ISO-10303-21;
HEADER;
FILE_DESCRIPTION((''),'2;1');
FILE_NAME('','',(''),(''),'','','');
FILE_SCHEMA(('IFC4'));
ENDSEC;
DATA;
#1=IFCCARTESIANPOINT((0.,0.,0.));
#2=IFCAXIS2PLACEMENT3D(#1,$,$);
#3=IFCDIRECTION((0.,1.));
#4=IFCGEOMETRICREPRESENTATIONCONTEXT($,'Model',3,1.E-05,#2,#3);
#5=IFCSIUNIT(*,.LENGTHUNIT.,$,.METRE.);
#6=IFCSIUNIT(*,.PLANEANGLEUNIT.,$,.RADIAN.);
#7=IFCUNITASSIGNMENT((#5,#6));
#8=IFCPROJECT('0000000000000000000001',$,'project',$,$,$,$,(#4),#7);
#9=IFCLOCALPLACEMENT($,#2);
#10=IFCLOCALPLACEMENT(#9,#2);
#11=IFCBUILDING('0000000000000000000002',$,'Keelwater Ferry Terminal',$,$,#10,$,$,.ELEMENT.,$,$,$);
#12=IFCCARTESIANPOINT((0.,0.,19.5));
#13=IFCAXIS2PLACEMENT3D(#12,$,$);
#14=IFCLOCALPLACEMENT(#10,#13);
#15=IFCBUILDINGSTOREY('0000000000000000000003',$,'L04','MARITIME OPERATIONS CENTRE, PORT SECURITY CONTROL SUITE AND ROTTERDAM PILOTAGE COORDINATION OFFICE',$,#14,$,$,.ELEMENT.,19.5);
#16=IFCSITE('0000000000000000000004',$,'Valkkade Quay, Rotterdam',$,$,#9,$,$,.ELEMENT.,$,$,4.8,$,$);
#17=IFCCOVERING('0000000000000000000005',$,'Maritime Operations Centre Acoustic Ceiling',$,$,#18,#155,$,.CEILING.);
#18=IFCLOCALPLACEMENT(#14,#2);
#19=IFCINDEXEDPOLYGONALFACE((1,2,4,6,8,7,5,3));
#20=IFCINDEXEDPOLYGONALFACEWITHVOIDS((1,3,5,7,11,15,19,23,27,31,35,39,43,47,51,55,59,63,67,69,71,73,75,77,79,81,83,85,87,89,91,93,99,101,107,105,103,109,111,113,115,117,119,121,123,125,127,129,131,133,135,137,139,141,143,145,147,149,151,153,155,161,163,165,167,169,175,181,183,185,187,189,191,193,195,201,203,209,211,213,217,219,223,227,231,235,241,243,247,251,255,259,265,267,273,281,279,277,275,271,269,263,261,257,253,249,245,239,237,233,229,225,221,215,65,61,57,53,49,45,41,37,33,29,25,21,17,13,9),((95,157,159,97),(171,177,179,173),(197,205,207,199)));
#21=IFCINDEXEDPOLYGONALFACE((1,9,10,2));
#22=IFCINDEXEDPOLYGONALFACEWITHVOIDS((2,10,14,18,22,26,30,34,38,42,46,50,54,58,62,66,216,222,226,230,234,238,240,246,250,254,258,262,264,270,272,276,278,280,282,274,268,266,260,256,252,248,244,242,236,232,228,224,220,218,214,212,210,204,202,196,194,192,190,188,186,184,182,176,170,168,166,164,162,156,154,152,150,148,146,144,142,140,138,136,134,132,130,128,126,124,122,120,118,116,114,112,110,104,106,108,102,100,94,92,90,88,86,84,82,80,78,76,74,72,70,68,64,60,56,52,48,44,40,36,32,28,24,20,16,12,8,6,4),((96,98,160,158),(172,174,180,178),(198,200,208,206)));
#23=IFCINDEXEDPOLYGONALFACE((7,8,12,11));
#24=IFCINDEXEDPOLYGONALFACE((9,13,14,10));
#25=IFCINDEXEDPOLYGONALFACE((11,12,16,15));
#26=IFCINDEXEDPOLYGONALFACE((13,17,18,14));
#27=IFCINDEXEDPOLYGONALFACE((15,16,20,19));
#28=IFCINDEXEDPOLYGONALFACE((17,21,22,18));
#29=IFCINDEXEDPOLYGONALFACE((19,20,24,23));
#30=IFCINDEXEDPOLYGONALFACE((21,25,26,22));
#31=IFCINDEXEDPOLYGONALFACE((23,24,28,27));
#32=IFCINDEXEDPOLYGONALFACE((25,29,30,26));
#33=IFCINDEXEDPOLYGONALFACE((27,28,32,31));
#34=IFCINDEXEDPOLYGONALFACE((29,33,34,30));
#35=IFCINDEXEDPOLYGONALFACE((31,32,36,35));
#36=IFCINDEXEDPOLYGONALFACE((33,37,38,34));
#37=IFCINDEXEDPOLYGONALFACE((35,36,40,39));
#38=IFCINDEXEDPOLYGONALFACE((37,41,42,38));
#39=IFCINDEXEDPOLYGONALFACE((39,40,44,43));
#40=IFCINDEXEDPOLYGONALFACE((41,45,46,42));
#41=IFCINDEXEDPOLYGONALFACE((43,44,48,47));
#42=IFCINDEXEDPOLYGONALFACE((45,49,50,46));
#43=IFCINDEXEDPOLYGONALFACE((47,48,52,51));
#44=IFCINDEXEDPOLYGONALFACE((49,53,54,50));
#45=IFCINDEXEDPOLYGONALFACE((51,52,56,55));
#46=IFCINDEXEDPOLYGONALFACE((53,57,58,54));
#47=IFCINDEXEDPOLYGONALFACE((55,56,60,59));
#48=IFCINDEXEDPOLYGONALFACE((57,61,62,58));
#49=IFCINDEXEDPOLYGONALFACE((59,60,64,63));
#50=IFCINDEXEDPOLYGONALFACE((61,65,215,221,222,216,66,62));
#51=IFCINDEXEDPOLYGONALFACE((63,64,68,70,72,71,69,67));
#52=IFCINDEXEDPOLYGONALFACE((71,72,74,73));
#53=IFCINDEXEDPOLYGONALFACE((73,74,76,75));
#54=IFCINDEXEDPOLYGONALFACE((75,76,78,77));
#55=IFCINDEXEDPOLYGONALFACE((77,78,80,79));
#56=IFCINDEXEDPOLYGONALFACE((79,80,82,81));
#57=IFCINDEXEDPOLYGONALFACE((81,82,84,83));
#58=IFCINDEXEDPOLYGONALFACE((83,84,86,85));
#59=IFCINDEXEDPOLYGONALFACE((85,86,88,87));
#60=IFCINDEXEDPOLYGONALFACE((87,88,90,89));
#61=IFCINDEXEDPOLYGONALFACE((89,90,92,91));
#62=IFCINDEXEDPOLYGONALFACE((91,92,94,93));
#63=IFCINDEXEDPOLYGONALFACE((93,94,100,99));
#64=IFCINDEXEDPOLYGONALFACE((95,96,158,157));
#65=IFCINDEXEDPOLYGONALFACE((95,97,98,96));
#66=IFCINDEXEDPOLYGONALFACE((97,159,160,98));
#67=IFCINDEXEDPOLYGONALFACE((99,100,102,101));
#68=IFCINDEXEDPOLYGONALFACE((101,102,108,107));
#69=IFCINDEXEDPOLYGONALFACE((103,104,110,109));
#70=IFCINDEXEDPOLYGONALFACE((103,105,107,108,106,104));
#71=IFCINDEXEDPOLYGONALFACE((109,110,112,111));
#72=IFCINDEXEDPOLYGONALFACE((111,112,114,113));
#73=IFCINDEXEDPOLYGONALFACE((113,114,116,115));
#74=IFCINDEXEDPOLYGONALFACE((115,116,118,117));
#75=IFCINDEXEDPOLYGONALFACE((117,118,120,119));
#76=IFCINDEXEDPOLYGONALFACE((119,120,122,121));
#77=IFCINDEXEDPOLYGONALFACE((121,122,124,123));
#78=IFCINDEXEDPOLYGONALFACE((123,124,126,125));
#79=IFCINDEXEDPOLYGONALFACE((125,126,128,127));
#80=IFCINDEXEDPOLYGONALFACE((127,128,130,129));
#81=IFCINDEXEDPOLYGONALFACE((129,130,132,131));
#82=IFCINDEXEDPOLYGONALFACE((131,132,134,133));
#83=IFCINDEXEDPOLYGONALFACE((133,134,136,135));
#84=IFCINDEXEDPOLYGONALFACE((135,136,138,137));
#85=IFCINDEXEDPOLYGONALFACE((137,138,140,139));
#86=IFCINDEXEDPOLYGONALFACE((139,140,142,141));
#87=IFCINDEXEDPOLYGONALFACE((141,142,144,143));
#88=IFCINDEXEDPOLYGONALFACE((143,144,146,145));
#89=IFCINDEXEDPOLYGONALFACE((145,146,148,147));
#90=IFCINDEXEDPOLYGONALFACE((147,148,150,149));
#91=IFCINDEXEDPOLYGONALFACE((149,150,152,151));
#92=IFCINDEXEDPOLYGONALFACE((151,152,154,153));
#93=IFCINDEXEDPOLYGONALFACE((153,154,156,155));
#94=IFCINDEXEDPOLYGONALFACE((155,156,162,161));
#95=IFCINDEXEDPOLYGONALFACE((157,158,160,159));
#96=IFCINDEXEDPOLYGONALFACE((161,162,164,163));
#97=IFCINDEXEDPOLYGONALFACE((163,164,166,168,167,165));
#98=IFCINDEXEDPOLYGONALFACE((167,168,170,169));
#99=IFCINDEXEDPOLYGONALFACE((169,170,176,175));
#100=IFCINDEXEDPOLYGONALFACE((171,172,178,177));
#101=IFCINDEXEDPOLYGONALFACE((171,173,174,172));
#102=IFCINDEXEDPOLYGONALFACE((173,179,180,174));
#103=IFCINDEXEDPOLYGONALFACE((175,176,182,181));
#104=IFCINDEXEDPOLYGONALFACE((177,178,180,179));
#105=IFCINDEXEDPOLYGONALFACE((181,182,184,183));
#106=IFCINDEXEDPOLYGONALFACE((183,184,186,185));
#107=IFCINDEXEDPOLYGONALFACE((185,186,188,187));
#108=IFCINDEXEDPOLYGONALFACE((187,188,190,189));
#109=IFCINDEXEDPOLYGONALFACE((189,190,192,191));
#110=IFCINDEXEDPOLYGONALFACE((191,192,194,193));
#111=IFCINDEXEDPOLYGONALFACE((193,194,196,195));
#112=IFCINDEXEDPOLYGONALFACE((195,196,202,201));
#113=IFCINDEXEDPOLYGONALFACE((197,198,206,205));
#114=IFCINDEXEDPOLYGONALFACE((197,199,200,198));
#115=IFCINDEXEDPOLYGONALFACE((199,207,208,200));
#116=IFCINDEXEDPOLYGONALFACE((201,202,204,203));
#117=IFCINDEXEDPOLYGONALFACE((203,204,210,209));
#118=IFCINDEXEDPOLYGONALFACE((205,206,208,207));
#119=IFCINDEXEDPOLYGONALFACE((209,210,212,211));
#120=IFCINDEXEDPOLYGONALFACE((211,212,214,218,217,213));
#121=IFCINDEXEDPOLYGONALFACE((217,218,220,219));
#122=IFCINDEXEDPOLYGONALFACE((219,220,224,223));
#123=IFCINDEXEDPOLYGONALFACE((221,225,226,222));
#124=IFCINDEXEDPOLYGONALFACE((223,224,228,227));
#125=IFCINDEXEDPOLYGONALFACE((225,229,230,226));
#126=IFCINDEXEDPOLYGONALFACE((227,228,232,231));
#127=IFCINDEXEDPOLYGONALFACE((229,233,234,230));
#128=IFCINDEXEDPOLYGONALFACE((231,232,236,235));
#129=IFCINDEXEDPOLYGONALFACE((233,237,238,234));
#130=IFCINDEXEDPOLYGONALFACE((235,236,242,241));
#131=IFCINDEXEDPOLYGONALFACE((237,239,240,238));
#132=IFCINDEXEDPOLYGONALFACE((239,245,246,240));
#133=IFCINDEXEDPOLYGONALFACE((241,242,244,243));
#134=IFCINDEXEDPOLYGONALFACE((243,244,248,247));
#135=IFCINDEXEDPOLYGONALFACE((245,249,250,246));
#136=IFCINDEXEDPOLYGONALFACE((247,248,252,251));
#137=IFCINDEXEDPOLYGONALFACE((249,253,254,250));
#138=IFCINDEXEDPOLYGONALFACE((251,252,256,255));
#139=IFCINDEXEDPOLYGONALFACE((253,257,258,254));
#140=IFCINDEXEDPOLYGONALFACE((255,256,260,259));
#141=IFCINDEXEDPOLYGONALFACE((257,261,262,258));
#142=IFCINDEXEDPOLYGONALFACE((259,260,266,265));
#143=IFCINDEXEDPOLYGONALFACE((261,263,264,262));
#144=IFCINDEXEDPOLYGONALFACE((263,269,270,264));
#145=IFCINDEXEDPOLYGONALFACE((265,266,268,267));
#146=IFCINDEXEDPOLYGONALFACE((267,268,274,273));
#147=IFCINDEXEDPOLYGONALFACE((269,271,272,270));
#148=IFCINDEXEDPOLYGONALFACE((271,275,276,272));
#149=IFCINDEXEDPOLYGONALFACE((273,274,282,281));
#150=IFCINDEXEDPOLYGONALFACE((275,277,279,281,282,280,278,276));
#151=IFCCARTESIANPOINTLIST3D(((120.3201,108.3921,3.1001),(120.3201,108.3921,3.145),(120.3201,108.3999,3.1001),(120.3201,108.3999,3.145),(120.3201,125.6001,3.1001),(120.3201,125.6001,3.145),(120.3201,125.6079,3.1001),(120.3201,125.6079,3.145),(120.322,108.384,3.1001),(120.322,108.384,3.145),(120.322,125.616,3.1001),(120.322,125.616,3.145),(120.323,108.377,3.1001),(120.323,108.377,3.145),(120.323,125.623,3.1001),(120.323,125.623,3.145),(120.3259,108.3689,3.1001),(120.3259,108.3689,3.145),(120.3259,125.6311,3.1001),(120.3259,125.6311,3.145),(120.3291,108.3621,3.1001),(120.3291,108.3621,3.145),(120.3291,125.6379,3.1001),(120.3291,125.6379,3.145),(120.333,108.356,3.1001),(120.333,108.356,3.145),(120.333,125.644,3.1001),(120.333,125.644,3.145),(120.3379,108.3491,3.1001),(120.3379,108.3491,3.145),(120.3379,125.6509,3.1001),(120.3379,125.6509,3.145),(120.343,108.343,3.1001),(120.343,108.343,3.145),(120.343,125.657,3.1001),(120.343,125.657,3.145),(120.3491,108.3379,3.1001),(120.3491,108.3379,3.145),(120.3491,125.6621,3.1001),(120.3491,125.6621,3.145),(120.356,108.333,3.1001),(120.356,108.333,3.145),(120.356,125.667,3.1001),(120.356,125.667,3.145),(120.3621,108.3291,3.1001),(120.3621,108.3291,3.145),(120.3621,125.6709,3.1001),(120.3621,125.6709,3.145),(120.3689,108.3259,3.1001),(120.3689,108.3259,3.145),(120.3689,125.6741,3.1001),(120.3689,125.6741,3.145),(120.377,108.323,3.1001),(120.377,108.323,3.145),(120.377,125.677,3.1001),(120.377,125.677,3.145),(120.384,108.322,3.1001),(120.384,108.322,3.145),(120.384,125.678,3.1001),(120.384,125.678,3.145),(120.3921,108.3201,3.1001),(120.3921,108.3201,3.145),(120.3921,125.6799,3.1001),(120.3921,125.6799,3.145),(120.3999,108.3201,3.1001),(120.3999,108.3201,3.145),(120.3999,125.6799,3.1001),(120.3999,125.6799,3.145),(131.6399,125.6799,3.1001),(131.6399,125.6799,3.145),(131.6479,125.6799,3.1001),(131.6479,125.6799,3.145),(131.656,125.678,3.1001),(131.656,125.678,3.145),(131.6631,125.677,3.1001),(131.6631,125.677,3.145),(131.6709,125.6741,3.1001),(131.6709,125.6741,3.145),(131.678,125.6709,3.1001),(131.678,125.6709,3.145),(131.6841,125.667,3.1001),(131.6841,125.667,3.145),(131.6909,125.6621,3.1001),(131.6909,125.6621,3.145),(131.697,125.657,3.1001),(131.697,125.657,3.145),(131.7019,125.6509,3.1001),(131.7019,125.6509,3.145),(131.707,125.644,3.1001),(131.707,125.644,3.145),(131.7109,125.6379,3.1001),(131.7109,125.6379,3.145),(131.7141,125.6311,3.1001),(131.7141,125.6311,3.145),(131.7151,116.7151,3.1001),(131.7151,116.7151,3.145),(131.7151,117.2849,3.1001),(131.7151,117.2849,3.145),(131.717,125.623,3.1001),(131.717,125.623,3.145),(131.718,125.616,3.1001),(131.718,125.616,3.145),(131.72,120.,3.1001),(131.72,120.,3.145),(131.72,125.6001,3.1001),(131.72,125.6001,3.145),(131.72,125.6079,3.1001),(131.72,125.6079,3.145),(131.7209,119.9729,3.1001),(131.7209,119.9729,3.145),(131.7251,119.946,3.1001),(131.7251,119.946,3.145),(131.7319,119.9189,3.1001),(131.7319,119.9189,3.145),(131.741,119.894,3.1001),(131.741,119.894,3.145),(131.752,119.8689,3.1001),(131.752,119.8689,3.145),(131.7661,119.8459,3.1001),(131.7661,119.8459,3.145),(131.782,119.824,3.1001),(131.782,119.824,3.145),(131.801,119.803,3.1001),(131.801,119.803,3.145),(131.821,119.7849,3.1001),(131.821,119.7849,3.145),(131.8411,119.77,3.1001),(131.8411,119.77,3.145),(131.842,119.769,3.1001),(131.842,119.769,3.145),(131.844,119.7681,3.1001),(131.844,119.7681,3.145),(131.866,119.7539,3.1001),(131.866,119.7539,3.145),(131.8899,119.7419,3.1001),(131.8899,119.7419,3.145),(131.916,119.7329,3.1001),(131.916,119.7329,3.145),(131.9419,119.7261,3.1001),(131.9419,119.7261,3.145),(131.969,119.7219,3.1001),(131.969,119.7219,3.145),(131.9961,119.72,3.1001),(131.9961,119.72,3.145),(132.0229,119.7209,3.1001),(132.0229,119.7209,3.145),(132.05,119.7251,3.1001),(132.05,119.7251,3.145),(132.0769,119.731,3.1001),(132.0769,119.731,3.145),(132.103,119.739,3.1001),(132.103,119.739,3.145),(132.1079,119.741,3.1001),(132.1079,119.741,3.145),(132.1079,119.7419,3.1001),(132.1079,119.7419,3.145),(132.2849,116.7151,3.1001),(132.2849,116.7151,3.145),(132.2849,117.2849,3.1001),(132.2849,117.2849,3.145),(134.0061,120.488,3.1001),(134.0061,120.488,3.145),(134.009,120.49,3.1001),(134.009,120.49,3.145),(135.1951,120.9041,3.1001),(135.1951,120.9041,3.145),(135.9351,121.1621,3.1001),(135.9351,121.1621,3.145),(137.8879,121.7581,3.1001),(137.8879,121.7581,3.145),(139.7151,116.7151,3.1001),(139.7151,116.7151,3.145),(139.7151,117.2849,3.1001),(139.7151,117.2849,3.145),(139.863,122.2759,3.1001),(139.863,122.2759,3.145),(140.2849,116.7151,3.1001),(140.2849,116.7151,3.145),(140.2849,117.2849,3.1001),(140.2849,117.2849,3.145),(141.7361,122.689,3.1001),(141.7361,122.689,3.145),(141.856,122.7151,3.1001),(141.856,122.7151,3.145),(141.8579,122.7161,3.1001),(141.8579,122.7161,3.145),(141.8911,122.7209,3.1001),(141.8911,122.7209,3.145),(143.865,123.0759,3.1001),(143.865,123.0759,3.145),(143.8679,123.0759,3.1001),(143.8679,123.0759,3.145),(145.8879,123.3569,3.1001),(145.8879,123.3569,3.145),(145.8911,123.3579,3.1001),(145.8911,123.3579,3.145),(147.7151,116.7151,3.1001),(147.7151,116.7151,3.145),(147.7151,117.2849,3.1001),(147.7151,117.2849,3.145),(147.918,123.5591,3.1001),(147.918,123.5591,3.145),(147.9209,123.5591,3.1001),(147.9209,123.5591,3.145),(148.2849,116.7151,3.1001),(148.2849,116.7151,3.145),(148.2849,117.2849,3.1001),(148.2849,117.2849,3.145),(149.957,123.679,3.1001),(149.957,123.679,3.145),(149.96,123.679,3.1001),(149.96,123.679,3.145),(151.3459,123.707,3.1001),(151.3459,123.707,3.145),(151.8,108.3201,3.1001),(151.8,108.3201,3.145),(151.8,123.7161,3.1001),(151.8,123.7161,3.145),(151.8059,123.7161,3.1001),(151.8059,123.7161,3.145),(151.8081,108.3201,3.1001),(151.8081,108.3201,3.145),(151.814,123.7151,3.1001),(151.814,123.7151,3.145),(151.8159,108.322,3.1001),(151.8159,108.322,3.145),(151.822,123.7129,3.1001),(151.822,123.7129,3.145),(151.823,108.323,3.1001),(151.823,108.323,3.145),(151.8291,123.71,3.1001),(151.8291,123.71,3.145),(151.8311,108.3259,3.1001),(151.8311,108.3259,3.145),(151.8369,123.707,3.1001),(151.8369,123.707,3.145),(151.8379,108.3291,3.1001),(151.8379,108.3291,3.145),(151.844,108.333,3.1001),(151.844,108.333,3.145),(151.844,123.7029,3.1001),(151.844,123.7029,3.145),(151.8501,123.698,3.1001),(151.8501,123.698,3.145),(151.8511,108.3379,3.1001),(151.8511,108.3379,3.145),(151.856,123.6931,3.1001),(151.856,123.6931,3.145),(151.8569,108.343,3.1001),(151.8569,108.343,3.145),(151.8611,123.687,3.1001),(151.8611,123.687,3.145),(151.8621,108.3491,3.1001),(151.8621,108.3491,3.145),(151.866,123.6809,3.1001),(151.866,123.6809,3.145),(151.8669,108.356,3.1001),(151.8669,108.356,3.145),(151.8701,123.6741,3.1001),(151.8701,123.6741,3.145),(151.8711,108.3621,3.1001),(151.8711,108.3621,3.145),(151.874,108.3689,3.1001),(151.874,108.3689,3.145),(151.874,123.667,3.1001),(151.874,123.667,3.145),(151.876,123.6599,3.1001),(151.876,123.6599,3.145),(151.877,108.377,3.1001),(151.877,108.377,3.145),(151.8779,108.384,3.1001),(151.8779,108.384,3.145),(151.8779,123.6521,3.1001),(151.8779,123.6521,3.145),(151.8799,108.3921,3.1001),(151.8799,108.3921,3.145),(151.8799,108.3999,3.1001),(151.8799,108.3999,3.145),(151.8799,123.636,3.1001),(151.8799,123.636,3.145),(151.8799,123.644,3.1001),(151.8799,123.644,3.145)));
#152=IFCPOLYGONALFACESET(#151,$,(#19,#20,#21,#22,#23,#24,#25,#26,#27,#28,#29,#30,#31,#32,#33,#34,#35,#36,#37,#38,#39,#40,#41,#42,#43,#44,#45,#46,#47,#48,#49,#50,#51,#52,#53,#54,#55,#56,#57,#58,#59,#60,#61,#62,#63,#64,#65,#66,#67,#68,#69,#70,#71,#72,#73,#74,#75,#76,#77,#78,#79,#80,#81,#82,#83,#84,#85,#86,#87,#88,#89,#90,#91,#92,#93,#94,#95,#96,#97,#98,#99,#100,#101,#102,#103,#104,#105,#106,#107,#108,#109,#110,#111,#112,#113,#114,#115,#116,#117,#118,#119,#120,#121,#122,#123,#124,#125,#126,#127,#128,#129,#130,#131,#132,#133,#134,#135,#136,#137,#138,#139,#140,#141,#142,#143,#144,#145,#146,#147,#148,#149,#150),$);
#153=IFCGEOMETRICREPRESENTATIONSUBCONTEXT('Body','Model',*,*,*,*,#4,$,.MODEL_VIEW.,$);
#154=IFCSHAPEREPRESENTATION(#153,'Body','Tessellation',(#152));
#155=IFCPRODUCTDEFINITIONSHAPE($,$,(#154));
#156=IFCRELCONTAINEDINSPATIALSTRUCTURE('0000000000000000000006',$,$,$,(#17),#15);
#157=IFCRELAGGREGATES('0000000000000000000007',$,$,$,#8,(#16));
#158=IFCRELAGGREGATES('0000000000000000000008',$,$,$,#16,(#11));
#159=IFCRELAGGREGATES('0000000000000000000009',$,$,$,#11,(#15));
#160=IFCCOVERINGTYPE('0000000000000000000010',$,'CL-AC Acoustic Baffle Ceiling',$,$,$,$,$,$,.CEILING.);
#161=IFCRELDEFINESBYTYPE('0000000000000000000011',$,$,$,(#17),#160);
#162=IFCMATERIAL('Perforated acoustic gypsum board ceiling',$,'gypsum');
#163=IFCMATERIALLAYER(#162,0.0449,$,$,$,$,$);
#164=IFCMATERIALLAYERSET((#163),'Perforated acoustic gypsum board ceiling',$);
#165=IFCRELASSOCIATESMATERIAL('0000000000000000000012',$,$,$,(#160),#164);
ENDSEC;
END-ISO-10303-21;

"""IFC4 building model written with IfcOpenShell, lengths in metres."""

from ifc_helpers import new_model, si_unit, direction, frame, origin, place, context, subcontext, project, spatial, polyline, outline, extrude, material, layer, layer_set, type_object, element, save


model = new_model("IFC4")

# Units and contexts
model_context = context("Model", 3, precision=1e-05, world=origin(), true_north=direction((0.0, 1.0)))
body_context = subcontext(model_context, "Body", "Model", "MODEL_VIEW")
ifc_project = project(units=[si_unit("LENGTHUNIT", "METRE"), si_unit("PLANEANGLEUNIT", "RADIAN")], contexts=[model_context])

# Site, building, storey
site_placement = place(None, origin())
site = spatial("IfcSite", under=ifc_project, at=site_placement, Name="Valkkade Quay, Rotterdam", CompositionType="ELEMENT", RefElevation=4.8)
building_placement = place(site_placement, origin())
building = spatial("IfcBuilding", under=site, at=building_placement, Name="Keelwater Ferry Terminal", CompositionType="ELEMENT")
storey_placement = place(building_placement, frame((0.0, 0.0, 19.5)))
storey = spatial("IfcBuildingStorey", under=building, at=storey_placement, Name="L04", Description="MARITIME OPERATIONS CENTRE, PORT SECURITY CONTROL SUITE AND ROTTERDAM PILOTAGE COORDINATION OFFICE", CompositionType="ELEMENT", Elevation=19.5)

# Covering
ifc_material_1 = material(Name="Perforated acoustic gypsum board ceiling", Category="gypsum")
ifc_layer_1 = layer(ifc_material_1, 0.0449)
ifc_layer_set_1 = layer_set([ifc_layer_1], Name="Perforated acoustic gypsum board ceiling")
covering_type_1 = type_object("IfcCoveringType", Name="CL-AC Acoustic Baffle Ceiling", PredefinedType="CEILING", material=ifc_layer_set_1)
covering_1_placement = place(storey_placement, frame((0.0, 0.0, 3.1001)))
element("IfcCovering", 1, at=covering_1_placement, inside=storey, type_object=covering_type_1, Name="Maritime Operations Centre Acoustic Ceiling", PredefinedType="CEILING", context=body_context, shape_type="SweptSolid", body=[
    extrude(outline(polyline([(131.656, 125.678), (131.6631, 125.677), (131.6709, 125.6741), (131.678, 125.6709), (131.6841, 125.667), (131.6909, 125.6621), (131.697, 125.657), (131.7019, 125.6509), (131.707, 125.644), (131.7109, 125.6379), (131.7141, 125.6311), (131.717, 125.623), (131.718, 125.616), (131.72, 125.6079), (131.72, 125.6001), (131.72, 125.6001), (131.72, 120.0), (131.7209, 119.9729), (131.7251, 119.946), (131.7319, 119.9189), (131.741, 119.894), (131.752, 119.8689), (131.7661, 119.8459), (131.782, 119.824), (131.801, 119.803), (131.821, 119.7849), (131.8411, 119.77), (131.842, 119.769), (131.844, 119.7681), (131.866, 119.7539), (131.8899, 119.7419), (131.916, 119.7329), (131.9419, 119.7261), (131.969, 119.7219), (131.9961, 119.72), (132.0229, 119.7209), (132.05, 119.7251), (132.0769, 119.731), (132.103, 119.739), (132.1079, 119.741), (132.1079, 119.7419), (134.0061, 120.488), (134.009, 120.49), (135.1951, 120.9041), (135.9351, 121.1621), (137.8879, 121.7581), (139.863, 122.2759), (141.7361, 122.689), (141.856, 122.7151), (141.8579, 122.7161), (141.8911, 122.7209), (143.865, 123.0759), (143.8679, 123.0759), (145.8879, 123.3569), (145.8911, 123.3579), (147.918, 123.5591), (147.9209, 123.5591), (149.957, 123.679), (149.96, 123.679), (151.3459, 123.707), (151.8, 123.7161), (151.8059, 123.7161), (151.814, 123.7151), (151.822, 123.7129), (151.8291, 123.71), (151.8369, 123.707), (151.844, 123.7029), (151.8501, 123.698), (151.856, 123.6931), (151.8611, 123.687), (151.866, 123.6809), (151.8701, 123.6741), (151.874, 123.667), (151.876, 123.6599), (151.8779, 123.6521), (151.8799, 123.644), (151.8799, 123.636), (151.8799, 108.3999), (151.8799, 108.3921), (151.8779, 108.384), (151.877, 108.377), (151.874, 108.3689), (151.8711, 108.3621), (151.8669, 108.356), (151.8621, 108.3491), (151.8569, 108.343), (151.8511, 108.3379), (151.844, 108.333), (151.8379, 108.3291), (151.8311, 108.3259), (151.823, 108.323), (151.8159, 108.322), (151.8081, 108.3201), (151.8, 108.3201), (120.3999, 108.3201), (120.3921, 108.3201), (120.384, 108.322), (120.377, 108.323), (120.3689, 108.3259), (120.3621, 108.3291), (120.356, 108.333), (120.3491, 108.3379), (120.343, 108.343), (120.3379, 108.3491), (120.333, 108.356), (120.3291, 108.3621), (120.3259, 108.3689), (120.323, 108.377), (120.322, 108.384), (120.3201, 108.3921), (120.3201, 108.3999), (120.3201, 125.6001), (120.3201, 125.6079), (120.322, 125.616), (120.323, 125.623), (120.3259, 125.6311), (120.3291, 125.6379), (120.333, 125.644), (120.3379, 125.6509), (120.343, 125.657), (120.3491, 125.6621), (120.356, 125.667), (120.3621, 125.6709), (120.3689, 125.6741), (120.377, 125.677), (120.384, 125.678), (120.3921, 125.6799), (120.3999, 125.6799), (131.6399, 125.6799), (131.6479, 125.6799), (131.656, 125.678)]), holes=[polyline([(132.2849, 116.7151), (132.2849, 117.2849), (131.7151, 117.2849), (131.7151, 116.7151), (132.2849, 116.7151)]), polyline([(139.7151, 116.7151), (140.2849, 116.7151), (140.2849, 117.2849), (139.7151, 117.2849), (139.7151, 116.7151)]), polyline([(147.7151, 116.7151), (148.2849, 116.7151), (148.2849, 117.2849), (147.7151, 117.2849), (147.7151, 116.7151)])]), origin(), (0.0, 0.0, 1.0), 0.0449),
])

save(model, "model.ifc")
